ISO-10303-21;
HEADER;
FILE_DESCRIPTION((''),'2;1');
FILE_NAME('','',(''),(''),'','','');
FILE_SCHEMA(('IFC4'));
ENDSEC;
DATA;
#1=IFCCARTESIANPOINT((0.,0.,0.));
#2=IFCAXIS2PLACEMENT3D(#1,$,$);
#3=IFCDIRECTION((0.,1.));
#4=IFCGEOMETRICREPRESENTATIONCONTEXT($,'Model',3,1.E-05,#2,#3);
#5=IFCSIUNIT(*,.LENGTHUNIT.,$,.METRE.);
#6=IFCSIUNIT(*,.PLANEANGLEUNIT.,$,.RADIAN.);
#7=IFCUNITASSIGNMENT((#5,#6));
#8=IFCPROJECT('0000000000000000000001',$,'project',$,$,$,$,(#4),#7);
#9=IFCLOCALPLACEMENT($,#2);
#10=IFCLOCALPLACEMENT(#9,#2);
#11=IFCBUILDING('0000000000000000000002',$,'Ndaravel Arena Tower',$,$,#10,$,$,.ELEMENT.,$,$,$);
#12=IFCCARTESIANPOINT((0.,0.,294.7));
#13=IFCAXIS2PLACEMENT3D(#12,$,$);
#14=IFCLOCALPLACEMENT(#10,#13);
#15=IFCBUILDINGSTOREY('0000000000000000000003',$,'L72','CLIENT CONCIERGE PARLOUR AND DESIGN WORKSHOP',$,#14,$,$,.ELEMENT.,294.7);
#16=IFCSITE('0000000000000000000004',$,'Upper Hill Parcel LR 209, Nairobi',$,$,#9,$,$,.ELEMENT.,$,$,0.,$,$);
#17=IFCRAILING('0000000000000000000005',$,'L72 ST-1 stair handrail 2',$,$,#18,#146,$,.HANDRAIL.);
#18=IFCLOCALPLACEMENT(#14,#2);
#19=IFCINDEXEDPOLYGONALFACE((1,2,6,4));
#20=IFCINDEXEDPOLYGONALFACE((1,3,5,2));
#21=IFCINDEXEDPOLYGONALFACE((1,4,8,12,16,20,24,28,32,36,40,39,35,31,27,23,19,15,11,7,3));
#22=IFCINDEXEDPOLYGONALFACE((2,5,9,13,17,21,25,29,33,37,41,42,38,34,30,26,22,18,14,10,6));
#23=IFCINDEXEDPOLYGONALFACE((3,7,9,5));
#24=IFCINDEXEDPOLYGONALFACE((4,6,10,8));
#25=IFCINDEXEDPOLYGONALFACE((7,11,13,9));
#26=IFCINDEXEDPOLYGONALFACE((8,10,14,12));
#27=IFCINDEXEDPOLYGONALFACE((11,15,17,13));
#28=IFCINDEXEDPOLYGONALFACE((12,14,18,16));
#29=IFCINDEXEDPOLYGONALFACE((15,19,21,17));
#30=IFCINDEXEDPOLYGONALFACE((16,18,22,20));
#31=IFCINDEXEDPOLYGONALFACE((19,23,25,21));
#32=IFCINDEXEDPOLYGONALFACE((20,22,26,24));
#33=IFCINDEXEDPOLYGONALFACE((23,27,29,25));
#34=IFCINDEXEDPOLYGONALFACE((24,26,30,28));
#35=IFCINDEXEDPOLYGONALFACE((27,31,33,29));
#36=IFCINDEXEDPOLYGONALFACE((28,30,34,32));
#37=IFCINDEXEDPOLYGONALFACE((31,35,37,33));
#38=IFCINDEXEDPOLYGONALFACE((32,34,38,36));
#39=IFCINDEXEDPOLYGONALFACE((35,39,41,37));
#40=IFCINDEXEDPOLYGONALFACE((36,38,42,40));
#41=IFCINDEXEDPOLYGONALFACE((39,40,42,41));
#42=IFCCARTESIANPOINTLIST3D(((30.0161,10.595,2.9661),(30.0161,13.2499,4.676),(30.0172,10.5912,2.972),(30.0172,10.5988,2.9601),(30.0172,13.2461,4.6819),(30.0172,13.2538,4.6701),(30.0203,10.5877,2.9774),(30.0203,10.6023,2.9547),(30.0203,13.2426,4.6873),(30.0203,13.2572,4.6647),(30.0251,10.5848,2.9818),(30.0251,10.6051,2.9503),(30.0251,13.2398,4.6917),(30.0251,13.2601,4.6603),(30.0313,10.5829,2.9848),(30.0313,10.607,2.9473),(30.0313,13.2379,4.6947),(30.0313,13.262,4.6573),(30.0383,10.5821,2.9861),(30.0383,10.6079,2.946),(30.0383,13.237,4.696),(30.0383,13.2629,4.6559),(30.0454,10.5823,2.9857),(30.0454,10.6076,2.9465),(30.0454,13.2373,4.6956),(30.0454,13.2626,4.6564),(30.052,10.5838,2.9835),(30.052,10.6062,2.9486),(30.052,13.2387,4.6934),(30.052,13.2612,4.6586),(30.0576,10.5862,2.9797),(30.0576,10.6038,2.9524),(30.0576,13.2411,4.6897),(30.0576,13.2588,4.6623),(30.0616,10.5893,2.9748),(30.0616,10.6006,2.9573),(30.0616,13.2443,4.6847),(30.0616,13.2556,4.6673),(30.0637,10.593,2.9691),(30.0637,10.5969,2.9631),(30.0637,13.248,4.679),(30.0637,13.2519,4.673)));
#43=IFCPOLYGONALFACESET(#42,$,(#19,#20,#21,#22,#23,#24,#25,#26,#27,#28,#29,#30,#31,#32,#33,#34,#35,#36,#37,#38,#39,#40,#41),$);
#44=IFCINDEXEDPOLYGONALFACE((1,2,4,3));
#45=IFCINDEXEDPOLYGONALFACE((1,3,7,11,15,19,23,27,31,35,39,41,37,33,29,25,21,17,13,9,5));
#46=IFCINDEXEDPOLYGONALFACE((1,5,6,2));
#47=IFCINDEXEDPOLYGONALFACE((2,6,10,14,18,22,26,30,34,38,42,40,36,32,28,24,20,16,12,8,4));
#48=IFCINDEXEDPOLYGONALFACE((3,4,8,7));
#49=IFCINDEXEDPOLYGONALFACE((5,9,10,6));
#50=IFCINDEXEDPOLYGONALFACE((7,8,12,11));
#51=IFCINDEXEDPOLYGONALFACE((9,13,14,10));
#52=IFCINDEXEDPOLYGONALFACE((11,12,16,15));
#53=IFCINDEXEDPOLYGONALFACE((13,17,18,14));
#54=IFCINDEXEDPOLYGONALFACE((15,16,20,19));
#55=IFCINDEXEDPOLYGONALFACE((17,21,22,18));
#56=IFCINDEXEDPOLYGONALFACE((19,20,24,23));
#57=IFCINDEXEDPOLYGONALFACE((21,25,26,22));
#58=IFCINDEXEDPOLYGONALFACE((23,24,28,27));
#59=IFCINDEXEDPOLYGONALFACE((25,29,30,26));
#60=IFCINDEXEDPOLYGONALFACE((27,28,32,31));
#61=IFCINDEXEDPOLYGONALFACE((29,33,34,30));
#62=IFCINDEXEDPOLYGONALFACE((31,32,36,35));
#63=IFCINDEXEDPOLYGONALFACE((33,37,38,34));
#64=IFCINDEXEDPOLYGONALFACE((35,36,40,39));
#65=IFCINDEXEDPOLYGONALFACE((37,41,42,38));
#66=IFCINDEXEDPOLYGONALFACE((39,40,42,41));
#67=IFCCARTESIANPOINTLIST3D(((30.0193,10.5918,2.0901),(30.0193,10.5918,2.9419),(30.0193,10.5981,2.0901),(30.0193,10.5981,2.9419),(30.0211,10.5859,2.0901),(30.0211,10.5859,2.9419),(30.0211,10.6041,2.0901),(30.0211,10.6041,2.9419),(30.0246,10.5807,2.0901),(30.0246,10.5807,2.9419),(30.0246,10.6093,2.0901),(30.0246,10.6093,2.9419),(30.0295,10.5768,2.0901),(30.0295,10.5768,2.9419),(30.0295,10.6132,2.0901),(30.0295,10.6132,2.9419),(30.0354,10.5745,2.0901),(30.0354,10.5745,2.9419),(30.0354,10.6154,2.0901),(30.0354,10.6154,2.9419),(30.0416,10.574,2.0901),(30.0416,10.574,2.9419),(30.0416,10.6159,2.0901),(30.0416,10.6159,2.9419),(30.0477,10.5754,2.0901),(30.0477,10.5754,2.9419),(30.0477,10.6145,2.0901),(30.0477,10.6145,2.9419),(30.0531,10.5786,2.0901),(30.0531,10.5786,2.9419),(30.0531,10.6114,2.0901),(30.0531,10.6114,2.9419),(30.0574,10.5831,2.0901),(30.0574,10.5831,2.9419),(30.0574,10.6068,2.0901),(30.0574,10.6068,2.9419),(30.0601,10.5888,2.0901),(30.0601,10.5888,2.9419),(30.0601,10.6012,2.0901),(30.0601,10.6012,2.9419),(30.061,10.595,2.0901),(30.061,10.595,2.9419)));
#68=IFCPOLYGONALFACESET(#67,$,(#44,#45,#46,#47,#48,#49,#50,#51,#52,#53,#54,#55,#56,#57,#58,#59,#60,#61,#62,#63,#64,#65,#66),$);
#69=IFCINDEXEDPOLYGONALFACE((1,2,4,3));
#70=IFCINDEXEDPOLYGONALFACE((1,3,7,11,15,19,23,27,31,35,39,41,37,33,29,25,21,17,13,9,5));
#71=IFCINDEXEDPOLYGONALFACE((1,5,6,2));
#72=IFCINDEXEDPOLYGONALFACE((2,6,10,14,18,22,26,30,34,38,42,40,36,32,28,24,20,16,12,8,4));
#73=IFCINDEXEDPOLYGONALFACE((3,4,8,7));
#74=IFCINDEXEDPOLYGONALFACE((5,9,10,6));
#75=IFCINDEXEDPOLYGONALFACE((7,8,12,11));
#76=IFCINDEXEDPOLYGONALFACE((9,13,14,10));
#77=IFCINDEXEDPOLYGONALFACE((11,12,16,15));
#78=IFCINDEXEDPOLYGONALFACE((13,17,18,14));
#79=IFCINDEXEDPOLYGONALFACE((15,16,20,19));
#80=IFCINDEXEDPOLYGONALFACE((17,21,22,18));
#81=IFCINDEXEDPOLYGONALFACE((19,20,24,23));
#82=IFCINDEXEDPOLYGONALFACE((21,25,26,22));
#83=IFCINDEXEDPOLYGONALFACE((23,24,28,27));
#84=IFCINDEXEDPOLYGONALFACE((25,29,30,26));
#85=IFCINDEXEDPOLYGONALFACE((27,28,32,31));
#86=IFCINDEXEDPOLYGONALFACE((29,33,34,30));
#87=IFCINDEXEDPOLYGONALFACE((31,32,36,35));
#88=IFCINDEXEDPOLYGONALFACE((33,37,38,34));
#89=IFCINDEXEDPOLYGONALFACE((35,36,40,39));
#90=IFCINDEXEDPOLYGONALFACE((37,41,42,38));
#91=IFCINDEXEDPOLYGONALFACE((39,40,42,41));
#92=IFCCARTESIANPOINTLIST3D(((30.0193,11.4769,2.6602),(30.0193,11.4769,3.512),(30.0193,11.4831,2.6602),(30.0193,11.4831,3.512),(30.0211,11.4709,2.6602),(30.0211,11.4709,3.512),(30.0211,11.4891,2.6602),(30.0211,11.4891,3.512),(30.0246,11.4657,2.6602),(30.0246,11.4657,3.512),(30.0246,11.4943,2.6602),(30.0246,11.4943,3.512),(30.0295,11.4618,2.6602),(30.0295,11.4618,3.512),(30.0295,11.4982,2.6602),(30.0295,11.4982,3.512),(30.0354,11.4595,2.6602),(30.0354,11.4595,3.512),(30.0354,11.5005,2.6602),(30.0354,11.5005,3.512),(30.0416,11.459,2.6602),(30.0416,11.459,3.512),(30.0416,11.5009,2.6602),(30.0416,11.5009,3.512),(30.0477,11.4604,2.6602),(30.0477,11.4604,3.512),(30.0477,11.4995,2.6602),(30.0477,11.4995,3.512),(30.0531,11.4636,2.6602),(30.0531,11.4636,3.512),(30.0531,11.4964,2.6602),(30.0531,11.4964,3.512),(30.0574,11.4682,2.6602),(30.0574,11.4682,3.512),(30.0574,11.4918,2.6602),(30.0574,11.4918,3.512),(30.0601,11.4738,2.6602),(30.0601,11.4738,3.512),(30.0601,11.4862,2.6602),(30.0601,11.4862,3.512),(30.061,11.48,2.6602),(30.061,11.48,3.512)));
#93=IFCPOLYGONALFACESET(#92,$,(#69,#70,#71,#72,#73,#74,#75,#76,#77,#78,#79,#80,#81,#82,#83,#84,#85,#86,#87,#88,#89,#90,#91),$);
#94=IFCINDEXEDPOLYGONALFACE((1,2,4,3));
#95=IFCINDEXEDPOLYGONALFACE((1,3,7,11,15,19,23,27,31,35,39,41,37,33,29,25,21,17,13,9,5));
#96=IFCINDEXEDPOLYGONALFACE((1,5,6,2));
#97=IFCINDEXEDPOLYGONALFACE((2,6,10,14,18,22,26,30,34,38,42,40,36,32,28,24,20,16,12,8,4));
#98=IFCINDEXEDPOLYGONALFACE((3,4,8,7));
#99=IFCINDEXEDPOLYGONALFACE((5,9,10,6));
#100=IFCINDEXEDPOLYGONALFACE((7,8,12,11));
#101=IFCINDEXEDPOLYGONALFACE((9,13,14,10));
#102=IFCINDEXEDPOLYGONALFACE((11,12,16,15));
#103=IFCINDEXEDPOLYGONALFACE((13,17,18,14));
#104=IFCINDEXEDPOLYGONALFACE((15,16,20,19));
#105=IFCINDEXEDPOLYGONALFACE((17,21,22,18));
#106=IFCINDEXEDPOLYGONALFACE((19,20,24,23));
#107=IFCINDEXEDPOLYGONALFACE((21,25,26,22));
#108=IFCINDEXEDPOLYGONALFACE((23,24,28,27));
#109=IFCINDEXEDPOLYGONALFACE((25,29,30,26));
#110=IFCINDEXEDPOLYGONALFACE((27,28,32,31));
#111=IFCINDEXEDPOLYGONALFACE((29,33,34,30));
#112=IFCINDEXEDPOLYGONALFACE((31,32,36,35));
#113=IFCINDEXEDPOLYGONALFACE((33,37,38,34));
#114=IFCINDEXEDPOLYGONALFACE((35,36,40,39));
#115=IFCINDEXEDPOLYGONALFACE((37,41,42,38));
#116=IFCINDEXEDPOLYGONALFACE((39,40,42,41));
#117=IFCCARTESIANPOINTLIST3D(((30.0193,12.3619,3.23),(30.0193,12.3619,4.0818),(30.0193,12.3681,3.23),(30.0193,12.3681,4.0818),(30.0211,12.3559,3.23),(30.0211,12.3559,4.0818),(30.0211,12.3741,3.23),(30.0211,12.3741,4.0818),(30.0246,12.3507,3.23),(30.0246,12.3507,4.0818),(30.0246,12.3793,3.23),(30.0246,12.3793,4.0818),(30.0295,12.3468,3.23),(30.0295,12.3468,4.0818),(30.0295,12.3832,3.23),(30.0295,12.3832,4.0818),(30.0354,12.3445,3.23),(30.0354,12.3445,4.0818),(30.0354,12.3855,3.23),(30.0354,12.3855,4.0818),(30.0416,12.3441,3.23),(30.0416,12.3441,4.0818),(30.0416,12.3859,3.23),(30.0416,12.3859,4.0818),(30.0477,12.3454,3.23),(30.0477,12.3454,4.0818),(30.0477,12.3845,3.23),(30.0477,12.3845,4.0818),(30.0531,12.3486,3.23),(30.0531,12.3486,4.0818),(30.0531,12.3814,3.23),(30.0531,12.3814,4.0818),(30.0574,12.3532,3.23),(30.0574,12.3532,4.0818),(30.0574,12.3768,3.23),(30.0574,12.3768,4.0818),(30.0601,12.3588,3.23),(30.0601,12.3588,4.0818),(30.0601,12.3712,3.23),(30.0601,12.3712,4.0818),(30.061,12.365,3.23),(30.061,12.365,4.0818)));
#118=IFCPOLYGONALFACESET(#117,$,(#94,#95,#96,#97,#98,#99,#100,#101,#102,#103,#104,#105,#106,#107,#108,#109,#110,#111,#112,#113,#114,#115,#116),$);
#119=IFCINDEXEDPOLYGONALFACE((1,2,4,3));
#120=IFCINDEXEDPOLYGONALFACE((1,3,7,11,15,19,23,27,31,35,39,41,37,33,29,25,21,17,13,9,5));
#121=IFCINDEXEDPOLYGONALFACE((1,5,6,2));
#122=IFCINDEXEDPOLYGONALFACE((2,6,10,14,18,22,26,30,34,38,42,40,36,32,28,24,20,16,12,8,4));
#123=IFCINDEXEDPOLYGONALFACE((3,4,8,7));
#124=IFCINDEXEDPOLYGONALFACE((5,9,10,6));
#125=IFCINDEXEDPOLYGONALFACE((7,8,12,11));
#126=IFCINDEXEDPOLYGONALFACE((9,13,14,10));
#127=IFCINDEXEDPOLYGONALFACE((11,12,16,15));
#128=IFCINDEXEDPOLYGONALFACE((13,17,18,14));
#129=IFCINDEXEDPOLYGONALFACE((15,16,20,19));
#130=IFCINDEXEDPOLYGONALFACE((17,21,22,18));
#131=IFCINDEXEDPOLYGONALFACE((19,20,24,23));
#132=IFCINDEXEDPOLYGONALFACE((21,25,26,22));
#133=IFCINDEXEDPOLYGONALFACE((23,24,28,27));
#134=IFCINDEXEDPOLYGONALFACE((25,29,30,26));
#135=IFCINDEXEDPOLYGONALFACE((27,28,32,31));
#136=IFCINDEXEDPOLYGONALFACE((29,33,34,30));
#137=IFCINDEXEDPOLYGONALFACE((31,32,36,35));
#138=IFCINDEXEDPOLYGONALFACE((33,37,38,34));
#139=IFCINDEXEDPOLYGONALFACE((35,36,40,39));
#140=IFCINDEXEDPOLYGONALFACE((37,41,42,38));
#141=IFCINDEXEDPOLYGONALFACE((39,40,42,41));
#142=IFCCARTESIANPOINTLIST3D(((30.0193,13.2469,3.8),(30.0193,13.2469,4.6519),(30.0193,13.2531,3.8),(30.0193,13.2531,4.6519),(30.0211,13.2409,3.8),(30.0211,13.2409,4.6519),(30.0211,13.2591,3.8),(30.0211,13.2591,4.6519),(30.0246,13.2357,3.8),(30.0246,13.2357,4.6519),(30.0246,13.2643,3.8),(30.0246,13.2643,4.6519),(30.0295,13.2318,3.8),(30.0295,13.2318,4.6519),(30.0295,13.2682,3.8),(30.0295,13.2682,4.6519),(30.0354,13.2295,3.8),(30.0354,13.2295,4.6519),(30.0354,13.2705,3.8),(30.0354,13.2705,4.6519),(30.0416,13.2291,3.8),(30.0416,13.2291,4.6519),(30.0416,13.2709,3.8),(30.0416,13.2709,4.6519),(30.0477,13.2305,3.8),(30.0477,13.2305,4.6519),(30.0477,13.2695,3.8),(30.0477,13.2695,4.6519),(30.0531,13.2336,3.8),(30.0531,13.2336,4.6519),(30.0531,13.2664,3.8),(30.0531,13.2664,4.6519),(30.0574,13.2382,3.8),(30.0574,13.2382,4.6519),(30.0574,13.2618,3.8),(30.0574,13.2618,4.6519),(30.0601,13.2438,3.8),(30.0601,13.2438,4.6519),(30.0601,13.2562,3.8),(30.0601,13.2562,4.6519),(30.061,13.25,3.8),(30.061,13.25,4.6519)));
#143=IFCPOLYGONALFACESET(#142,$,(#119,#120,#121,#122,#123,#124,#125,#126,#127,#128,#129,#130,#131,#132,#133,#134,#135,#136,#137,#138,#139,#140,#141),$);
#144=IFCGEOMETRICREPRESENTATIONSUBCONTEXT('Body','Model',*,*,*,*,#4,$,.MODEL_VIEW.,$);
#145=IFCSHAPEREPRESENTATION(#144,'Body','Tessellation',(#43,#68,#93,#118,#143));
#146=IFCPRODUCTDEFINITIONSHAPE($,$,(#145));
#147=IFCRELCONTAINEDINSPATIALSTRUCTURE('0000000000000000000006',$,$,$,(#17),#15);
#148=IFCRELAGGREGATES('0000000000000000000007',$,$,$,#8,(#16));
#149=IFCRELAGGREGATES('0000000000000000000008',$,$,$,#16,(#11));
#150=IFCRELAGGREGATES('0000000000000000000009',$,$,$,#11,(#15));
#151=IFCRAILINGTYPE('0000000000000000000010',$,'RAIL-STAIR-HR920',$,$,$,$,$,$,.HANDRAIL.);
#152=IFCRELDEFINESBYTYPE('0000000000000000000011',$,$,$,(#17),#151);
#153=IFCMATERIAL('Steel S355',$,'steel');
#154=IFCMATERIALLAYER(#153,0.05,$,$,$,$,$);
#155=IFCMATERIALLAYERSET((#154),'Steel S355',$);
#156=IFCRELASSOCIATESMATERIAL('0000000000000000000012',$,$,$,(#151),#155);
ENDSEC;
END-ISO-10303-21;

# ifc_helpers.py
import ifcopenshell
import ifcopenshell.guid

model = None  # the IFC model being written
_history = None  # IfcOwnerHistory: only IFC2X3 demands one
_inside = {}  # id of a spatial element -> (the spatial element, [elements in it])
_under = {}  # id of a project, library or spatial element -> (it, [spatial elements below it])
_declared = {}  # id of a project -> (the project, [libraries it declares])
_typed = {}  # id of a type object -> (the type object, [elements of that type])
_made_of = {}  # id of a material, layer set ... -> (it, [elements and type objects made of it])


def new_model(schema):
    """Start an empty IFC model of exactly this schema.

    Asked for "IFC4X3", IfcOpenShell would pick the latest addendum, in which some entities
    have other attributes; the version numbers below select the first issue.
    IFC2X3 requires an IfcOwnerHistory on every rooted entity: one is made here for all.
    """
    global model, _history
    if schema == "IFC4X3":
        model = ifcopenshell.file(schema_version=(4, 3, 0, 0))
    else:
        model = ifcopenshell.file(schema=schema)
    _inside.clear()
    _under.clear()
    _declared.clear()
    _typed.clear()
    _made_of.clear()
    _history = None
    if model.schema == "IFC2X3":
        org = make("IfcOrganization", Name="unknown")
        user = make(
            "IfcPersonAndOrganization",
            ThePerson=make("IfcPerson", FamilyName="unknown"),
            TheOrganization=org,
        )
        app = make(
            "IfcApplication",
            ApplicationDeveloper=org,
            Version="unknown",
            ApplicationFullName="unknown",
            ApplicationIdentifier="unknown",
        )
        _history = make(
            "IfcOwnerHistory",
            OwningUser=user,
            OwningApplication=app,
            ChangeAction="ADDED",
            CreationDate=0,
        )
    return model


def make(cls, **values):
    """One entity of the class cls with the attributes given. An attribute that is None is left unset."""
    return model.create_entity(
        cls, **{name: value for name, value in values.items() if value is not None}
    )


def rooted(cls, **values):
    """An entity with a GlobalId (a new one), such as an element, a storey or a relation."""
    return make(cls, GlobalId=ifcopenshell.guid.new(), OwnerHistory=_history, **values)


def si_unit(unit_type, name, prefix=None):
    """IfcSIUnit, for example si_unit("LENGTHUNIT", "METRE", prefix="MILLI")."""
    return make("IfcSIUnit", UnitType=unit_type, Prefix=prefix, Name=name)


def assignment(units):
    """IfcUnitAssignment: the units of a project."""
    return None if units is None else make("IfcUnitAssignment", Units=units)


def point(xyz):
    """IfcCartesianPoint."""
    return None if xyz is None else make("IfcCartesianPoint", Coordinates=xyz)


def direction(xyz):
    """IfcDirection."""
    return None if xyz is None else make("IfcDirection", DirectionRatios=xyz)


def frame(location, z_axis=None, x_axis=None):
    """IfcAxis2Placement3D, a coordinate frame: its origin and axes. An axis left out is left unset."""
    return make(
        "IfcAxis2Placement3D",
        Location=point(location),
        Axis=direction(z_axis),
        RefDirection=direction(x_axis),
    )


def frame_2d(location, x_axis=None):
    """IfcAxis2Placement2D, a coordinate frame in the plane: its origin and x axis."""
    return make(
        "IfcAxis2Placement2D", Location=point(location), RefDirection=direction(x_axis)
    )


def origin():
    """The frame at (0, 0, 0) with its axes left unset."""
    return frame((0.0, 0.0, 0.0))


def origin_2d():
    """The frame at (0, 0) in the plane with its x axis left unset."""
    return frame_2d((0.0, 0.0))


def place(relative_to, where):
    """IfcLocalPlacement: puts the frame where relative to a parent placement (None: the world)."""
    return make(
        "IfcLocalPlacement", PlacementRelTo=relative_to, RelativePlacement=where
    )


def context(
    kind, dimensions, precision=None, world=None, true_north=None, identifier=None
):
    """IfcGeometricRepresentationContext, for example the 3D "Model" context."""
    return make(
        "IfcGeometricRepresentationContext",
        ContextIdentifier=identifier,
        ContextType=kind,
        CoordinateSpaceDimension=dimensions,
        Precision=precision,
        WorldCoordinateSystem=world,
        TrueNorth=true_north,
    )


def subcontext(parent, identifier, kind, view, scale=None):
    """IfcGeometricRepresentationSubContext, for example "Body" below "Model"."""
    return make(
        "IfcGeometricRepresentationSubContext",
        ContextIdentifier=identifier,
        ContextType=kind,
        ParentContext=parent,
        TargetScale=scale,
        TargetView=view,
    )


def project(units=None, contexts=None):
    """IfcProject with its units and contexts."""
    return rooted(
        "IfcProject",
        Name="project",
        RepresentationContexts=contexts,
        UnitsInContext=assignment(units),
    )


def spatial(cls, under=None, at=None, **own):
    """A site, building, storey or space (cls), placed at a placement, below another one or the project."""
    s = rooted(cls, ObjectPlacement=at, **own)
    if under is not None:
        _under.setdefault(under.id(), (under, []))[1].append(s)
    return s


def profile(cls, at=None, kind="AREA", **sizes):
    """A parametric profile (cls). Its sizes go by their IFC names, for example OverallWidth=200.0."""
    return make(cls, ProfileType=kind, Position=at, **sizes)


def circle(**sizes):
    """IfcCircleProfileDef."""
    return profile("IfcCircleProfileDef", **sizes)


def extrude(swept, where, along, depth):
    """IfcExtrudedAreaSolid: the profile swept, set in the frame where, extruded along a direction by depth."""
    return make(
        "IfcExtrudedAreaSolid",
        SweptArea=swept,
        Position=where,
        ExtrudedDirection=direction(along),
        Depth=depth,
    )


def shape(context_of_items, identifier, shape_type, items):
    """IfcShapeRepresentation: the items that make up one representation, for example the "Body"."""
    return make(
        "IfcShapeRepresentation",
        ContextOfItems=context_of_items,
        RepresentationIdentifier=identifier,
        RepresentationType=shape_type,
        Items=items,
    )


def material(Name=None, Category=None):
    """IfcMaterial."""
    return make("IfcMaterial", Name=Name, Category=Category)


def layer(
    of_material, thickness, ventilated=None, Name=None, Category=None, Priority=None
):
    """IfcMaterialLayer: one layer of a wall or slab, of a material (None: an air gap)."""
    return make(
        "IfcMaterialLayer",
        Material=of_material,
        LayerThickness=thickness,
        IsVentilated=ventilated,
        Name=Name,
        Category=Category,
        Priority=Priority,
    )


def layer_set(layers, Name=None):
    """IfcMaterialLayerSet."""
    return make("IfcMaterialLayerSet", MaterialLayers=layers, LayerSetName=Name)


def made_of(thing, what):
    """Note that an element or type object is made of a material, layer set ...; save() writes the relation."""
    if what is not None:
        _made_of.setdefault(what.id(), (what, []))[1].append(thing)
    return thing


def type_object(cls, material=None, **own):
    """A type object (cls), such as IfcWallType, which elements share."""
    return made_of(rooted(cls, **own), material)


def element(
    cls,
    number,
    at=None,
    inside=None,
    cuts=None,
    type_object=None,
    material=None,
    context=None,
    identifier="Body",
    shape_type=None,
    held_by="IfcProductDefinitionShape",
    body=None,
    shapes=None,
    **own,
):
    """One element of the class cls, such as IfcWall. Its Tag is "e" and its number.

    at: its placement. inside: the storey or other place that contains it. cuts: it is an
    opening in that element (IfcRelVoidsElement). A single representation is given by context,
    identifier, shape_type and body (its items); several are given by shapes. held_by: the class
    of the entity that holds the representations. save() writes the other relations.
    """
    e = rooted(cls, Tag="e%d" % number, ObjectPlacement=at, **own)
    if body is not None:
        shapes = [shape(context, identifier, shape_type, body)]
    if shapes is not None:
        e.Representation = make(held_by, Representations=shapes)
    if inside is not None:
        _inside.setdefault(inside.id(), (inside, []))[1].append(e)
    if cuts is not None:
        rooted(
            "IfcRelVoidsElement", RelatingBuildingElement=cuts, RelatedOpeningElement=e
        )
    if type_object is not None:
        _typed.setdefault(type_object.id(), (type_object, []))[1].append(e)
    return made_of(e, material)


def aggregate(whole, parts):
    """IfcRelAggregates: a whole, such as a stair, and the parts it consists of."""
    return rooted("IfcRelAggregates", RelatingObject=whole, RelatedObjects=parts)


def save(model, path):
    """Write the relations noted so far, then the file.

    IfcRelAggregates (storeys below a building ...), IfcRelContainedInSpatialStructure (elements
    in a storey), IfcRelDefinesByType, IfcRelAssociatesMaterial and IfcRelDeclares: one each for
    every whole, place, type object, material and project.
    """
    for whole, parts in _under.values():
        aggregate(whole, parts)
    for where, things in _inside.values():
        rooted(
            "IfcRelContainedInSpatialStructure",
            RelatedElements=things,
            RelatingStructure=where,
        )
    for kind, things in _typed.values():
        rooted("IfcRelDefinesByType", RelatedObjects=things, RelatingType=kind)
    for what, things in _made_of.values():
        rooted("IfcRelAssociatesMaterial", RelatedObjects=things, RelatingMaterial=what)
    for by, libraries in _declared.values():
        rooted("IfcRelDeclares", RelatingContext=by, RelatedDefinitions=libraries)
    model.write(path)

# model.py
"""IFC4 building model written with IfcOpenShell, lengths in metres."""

from ifc_helpers import new_model, si_unit, direction, frame, origin, origin_2d, place, context, subcontext, project, spatial, circle, extrude, material, layer, layer_set, type_object, element, save


model = new_model("IFC4")

# Units and contexts
model_context = context("Model", 3, precision=1e-05, world=origin(), true_north=direction((0.0, 1.0)))
body_context = subcontext(model_context, "Body", "Model", "MODEL_VIEW")
ifc_project = project(units=[si_unit("LENGTHUNIT", "METRE"), si_unit("PLANEANGLEUNIT", "RADIAN")], contexts=[model_context])

# Site, building, storey
site_placement = place(None, origin())
site = spatial("IfcSite", under=ifc_project, at=site_placement, Name="Upper Hill Parcel LR 209, Nairobi", CompositionType="ELEMENT", RefElevation=0.0)
building_placement = place(site_placement, origin())
building = spatial("IfcBuilding", under=site, at=building_placement, Name="Ndaravel Arena Tower", CompositionType="ELEMENT")
storey_placement = place(building_placement, frame((0.0, 0.0, 294.7)))
storey = spatial("IfcBuildingStorey", under=building, at=storey_placement, Name="L72", Description="CLIENT CONCIERGE PARLOUR AND DESIGN WORKSHOP", CompositionType="ELEMENT", Elevation=294.7)

# Railing
ifc_material_1 = material(Name="Steel S355", Category="steel")
ifc_layer_1 = layer(ifc_material_1, 0.05)
ifc_layer_set_1 = layer_set([ifc_layer_1], Name="Steel S355")
railing_type_1 = type_object("IfcRailingType", Name="RAIL-STAIR-HR920", PredefinedType="HANDRAIL", material=ifc_layer_set_1)
railing_1_placement = place(storey_placement, frame((30.04, 10.595, 2.0901)))
element("IfcRailing", 1, at=railing_1_placement, inside=storey, type_object=railing_type_1, Name="L72 ST-1 stair handrail 2", PredefinedType="HANDRAIL", context=body_context, shape_type="SweptSolid", body=[
    extrude(circle(Radius=0.0239, at=origin_2d()), frame((0.0, 0.0, 0.876), z_axis=(0.0, 0.840724, 0.541465), x_axis=(-1.0, 0.0, 0.0)), (0.0, 0.0, 1.0), 3.158),
    extrude(circle(Radius=0.021, at=origin_2d()), origin(), (0.0, 0.0, 1.0), 0.8518),
    extrude(circle(Radius=0.021, at=origin_2d()), frame((0.0, 0.885, 0.5701)), (0.0, 0.0, 1.0), 0.8518),
    extrude(circle(Radius=0.021, at=origin_2d()), frame((0.0, 1.77, 1.1399)), (0.0, 0.0, 1.0), 0.8518),
    extrude(circle(Radius=0.021, at=origin_2d()), frame((0.0, 2.655, 1.71)), (0.0, 0.0, 1.0), 0.8518),
])

save(model, "model.ifc")
